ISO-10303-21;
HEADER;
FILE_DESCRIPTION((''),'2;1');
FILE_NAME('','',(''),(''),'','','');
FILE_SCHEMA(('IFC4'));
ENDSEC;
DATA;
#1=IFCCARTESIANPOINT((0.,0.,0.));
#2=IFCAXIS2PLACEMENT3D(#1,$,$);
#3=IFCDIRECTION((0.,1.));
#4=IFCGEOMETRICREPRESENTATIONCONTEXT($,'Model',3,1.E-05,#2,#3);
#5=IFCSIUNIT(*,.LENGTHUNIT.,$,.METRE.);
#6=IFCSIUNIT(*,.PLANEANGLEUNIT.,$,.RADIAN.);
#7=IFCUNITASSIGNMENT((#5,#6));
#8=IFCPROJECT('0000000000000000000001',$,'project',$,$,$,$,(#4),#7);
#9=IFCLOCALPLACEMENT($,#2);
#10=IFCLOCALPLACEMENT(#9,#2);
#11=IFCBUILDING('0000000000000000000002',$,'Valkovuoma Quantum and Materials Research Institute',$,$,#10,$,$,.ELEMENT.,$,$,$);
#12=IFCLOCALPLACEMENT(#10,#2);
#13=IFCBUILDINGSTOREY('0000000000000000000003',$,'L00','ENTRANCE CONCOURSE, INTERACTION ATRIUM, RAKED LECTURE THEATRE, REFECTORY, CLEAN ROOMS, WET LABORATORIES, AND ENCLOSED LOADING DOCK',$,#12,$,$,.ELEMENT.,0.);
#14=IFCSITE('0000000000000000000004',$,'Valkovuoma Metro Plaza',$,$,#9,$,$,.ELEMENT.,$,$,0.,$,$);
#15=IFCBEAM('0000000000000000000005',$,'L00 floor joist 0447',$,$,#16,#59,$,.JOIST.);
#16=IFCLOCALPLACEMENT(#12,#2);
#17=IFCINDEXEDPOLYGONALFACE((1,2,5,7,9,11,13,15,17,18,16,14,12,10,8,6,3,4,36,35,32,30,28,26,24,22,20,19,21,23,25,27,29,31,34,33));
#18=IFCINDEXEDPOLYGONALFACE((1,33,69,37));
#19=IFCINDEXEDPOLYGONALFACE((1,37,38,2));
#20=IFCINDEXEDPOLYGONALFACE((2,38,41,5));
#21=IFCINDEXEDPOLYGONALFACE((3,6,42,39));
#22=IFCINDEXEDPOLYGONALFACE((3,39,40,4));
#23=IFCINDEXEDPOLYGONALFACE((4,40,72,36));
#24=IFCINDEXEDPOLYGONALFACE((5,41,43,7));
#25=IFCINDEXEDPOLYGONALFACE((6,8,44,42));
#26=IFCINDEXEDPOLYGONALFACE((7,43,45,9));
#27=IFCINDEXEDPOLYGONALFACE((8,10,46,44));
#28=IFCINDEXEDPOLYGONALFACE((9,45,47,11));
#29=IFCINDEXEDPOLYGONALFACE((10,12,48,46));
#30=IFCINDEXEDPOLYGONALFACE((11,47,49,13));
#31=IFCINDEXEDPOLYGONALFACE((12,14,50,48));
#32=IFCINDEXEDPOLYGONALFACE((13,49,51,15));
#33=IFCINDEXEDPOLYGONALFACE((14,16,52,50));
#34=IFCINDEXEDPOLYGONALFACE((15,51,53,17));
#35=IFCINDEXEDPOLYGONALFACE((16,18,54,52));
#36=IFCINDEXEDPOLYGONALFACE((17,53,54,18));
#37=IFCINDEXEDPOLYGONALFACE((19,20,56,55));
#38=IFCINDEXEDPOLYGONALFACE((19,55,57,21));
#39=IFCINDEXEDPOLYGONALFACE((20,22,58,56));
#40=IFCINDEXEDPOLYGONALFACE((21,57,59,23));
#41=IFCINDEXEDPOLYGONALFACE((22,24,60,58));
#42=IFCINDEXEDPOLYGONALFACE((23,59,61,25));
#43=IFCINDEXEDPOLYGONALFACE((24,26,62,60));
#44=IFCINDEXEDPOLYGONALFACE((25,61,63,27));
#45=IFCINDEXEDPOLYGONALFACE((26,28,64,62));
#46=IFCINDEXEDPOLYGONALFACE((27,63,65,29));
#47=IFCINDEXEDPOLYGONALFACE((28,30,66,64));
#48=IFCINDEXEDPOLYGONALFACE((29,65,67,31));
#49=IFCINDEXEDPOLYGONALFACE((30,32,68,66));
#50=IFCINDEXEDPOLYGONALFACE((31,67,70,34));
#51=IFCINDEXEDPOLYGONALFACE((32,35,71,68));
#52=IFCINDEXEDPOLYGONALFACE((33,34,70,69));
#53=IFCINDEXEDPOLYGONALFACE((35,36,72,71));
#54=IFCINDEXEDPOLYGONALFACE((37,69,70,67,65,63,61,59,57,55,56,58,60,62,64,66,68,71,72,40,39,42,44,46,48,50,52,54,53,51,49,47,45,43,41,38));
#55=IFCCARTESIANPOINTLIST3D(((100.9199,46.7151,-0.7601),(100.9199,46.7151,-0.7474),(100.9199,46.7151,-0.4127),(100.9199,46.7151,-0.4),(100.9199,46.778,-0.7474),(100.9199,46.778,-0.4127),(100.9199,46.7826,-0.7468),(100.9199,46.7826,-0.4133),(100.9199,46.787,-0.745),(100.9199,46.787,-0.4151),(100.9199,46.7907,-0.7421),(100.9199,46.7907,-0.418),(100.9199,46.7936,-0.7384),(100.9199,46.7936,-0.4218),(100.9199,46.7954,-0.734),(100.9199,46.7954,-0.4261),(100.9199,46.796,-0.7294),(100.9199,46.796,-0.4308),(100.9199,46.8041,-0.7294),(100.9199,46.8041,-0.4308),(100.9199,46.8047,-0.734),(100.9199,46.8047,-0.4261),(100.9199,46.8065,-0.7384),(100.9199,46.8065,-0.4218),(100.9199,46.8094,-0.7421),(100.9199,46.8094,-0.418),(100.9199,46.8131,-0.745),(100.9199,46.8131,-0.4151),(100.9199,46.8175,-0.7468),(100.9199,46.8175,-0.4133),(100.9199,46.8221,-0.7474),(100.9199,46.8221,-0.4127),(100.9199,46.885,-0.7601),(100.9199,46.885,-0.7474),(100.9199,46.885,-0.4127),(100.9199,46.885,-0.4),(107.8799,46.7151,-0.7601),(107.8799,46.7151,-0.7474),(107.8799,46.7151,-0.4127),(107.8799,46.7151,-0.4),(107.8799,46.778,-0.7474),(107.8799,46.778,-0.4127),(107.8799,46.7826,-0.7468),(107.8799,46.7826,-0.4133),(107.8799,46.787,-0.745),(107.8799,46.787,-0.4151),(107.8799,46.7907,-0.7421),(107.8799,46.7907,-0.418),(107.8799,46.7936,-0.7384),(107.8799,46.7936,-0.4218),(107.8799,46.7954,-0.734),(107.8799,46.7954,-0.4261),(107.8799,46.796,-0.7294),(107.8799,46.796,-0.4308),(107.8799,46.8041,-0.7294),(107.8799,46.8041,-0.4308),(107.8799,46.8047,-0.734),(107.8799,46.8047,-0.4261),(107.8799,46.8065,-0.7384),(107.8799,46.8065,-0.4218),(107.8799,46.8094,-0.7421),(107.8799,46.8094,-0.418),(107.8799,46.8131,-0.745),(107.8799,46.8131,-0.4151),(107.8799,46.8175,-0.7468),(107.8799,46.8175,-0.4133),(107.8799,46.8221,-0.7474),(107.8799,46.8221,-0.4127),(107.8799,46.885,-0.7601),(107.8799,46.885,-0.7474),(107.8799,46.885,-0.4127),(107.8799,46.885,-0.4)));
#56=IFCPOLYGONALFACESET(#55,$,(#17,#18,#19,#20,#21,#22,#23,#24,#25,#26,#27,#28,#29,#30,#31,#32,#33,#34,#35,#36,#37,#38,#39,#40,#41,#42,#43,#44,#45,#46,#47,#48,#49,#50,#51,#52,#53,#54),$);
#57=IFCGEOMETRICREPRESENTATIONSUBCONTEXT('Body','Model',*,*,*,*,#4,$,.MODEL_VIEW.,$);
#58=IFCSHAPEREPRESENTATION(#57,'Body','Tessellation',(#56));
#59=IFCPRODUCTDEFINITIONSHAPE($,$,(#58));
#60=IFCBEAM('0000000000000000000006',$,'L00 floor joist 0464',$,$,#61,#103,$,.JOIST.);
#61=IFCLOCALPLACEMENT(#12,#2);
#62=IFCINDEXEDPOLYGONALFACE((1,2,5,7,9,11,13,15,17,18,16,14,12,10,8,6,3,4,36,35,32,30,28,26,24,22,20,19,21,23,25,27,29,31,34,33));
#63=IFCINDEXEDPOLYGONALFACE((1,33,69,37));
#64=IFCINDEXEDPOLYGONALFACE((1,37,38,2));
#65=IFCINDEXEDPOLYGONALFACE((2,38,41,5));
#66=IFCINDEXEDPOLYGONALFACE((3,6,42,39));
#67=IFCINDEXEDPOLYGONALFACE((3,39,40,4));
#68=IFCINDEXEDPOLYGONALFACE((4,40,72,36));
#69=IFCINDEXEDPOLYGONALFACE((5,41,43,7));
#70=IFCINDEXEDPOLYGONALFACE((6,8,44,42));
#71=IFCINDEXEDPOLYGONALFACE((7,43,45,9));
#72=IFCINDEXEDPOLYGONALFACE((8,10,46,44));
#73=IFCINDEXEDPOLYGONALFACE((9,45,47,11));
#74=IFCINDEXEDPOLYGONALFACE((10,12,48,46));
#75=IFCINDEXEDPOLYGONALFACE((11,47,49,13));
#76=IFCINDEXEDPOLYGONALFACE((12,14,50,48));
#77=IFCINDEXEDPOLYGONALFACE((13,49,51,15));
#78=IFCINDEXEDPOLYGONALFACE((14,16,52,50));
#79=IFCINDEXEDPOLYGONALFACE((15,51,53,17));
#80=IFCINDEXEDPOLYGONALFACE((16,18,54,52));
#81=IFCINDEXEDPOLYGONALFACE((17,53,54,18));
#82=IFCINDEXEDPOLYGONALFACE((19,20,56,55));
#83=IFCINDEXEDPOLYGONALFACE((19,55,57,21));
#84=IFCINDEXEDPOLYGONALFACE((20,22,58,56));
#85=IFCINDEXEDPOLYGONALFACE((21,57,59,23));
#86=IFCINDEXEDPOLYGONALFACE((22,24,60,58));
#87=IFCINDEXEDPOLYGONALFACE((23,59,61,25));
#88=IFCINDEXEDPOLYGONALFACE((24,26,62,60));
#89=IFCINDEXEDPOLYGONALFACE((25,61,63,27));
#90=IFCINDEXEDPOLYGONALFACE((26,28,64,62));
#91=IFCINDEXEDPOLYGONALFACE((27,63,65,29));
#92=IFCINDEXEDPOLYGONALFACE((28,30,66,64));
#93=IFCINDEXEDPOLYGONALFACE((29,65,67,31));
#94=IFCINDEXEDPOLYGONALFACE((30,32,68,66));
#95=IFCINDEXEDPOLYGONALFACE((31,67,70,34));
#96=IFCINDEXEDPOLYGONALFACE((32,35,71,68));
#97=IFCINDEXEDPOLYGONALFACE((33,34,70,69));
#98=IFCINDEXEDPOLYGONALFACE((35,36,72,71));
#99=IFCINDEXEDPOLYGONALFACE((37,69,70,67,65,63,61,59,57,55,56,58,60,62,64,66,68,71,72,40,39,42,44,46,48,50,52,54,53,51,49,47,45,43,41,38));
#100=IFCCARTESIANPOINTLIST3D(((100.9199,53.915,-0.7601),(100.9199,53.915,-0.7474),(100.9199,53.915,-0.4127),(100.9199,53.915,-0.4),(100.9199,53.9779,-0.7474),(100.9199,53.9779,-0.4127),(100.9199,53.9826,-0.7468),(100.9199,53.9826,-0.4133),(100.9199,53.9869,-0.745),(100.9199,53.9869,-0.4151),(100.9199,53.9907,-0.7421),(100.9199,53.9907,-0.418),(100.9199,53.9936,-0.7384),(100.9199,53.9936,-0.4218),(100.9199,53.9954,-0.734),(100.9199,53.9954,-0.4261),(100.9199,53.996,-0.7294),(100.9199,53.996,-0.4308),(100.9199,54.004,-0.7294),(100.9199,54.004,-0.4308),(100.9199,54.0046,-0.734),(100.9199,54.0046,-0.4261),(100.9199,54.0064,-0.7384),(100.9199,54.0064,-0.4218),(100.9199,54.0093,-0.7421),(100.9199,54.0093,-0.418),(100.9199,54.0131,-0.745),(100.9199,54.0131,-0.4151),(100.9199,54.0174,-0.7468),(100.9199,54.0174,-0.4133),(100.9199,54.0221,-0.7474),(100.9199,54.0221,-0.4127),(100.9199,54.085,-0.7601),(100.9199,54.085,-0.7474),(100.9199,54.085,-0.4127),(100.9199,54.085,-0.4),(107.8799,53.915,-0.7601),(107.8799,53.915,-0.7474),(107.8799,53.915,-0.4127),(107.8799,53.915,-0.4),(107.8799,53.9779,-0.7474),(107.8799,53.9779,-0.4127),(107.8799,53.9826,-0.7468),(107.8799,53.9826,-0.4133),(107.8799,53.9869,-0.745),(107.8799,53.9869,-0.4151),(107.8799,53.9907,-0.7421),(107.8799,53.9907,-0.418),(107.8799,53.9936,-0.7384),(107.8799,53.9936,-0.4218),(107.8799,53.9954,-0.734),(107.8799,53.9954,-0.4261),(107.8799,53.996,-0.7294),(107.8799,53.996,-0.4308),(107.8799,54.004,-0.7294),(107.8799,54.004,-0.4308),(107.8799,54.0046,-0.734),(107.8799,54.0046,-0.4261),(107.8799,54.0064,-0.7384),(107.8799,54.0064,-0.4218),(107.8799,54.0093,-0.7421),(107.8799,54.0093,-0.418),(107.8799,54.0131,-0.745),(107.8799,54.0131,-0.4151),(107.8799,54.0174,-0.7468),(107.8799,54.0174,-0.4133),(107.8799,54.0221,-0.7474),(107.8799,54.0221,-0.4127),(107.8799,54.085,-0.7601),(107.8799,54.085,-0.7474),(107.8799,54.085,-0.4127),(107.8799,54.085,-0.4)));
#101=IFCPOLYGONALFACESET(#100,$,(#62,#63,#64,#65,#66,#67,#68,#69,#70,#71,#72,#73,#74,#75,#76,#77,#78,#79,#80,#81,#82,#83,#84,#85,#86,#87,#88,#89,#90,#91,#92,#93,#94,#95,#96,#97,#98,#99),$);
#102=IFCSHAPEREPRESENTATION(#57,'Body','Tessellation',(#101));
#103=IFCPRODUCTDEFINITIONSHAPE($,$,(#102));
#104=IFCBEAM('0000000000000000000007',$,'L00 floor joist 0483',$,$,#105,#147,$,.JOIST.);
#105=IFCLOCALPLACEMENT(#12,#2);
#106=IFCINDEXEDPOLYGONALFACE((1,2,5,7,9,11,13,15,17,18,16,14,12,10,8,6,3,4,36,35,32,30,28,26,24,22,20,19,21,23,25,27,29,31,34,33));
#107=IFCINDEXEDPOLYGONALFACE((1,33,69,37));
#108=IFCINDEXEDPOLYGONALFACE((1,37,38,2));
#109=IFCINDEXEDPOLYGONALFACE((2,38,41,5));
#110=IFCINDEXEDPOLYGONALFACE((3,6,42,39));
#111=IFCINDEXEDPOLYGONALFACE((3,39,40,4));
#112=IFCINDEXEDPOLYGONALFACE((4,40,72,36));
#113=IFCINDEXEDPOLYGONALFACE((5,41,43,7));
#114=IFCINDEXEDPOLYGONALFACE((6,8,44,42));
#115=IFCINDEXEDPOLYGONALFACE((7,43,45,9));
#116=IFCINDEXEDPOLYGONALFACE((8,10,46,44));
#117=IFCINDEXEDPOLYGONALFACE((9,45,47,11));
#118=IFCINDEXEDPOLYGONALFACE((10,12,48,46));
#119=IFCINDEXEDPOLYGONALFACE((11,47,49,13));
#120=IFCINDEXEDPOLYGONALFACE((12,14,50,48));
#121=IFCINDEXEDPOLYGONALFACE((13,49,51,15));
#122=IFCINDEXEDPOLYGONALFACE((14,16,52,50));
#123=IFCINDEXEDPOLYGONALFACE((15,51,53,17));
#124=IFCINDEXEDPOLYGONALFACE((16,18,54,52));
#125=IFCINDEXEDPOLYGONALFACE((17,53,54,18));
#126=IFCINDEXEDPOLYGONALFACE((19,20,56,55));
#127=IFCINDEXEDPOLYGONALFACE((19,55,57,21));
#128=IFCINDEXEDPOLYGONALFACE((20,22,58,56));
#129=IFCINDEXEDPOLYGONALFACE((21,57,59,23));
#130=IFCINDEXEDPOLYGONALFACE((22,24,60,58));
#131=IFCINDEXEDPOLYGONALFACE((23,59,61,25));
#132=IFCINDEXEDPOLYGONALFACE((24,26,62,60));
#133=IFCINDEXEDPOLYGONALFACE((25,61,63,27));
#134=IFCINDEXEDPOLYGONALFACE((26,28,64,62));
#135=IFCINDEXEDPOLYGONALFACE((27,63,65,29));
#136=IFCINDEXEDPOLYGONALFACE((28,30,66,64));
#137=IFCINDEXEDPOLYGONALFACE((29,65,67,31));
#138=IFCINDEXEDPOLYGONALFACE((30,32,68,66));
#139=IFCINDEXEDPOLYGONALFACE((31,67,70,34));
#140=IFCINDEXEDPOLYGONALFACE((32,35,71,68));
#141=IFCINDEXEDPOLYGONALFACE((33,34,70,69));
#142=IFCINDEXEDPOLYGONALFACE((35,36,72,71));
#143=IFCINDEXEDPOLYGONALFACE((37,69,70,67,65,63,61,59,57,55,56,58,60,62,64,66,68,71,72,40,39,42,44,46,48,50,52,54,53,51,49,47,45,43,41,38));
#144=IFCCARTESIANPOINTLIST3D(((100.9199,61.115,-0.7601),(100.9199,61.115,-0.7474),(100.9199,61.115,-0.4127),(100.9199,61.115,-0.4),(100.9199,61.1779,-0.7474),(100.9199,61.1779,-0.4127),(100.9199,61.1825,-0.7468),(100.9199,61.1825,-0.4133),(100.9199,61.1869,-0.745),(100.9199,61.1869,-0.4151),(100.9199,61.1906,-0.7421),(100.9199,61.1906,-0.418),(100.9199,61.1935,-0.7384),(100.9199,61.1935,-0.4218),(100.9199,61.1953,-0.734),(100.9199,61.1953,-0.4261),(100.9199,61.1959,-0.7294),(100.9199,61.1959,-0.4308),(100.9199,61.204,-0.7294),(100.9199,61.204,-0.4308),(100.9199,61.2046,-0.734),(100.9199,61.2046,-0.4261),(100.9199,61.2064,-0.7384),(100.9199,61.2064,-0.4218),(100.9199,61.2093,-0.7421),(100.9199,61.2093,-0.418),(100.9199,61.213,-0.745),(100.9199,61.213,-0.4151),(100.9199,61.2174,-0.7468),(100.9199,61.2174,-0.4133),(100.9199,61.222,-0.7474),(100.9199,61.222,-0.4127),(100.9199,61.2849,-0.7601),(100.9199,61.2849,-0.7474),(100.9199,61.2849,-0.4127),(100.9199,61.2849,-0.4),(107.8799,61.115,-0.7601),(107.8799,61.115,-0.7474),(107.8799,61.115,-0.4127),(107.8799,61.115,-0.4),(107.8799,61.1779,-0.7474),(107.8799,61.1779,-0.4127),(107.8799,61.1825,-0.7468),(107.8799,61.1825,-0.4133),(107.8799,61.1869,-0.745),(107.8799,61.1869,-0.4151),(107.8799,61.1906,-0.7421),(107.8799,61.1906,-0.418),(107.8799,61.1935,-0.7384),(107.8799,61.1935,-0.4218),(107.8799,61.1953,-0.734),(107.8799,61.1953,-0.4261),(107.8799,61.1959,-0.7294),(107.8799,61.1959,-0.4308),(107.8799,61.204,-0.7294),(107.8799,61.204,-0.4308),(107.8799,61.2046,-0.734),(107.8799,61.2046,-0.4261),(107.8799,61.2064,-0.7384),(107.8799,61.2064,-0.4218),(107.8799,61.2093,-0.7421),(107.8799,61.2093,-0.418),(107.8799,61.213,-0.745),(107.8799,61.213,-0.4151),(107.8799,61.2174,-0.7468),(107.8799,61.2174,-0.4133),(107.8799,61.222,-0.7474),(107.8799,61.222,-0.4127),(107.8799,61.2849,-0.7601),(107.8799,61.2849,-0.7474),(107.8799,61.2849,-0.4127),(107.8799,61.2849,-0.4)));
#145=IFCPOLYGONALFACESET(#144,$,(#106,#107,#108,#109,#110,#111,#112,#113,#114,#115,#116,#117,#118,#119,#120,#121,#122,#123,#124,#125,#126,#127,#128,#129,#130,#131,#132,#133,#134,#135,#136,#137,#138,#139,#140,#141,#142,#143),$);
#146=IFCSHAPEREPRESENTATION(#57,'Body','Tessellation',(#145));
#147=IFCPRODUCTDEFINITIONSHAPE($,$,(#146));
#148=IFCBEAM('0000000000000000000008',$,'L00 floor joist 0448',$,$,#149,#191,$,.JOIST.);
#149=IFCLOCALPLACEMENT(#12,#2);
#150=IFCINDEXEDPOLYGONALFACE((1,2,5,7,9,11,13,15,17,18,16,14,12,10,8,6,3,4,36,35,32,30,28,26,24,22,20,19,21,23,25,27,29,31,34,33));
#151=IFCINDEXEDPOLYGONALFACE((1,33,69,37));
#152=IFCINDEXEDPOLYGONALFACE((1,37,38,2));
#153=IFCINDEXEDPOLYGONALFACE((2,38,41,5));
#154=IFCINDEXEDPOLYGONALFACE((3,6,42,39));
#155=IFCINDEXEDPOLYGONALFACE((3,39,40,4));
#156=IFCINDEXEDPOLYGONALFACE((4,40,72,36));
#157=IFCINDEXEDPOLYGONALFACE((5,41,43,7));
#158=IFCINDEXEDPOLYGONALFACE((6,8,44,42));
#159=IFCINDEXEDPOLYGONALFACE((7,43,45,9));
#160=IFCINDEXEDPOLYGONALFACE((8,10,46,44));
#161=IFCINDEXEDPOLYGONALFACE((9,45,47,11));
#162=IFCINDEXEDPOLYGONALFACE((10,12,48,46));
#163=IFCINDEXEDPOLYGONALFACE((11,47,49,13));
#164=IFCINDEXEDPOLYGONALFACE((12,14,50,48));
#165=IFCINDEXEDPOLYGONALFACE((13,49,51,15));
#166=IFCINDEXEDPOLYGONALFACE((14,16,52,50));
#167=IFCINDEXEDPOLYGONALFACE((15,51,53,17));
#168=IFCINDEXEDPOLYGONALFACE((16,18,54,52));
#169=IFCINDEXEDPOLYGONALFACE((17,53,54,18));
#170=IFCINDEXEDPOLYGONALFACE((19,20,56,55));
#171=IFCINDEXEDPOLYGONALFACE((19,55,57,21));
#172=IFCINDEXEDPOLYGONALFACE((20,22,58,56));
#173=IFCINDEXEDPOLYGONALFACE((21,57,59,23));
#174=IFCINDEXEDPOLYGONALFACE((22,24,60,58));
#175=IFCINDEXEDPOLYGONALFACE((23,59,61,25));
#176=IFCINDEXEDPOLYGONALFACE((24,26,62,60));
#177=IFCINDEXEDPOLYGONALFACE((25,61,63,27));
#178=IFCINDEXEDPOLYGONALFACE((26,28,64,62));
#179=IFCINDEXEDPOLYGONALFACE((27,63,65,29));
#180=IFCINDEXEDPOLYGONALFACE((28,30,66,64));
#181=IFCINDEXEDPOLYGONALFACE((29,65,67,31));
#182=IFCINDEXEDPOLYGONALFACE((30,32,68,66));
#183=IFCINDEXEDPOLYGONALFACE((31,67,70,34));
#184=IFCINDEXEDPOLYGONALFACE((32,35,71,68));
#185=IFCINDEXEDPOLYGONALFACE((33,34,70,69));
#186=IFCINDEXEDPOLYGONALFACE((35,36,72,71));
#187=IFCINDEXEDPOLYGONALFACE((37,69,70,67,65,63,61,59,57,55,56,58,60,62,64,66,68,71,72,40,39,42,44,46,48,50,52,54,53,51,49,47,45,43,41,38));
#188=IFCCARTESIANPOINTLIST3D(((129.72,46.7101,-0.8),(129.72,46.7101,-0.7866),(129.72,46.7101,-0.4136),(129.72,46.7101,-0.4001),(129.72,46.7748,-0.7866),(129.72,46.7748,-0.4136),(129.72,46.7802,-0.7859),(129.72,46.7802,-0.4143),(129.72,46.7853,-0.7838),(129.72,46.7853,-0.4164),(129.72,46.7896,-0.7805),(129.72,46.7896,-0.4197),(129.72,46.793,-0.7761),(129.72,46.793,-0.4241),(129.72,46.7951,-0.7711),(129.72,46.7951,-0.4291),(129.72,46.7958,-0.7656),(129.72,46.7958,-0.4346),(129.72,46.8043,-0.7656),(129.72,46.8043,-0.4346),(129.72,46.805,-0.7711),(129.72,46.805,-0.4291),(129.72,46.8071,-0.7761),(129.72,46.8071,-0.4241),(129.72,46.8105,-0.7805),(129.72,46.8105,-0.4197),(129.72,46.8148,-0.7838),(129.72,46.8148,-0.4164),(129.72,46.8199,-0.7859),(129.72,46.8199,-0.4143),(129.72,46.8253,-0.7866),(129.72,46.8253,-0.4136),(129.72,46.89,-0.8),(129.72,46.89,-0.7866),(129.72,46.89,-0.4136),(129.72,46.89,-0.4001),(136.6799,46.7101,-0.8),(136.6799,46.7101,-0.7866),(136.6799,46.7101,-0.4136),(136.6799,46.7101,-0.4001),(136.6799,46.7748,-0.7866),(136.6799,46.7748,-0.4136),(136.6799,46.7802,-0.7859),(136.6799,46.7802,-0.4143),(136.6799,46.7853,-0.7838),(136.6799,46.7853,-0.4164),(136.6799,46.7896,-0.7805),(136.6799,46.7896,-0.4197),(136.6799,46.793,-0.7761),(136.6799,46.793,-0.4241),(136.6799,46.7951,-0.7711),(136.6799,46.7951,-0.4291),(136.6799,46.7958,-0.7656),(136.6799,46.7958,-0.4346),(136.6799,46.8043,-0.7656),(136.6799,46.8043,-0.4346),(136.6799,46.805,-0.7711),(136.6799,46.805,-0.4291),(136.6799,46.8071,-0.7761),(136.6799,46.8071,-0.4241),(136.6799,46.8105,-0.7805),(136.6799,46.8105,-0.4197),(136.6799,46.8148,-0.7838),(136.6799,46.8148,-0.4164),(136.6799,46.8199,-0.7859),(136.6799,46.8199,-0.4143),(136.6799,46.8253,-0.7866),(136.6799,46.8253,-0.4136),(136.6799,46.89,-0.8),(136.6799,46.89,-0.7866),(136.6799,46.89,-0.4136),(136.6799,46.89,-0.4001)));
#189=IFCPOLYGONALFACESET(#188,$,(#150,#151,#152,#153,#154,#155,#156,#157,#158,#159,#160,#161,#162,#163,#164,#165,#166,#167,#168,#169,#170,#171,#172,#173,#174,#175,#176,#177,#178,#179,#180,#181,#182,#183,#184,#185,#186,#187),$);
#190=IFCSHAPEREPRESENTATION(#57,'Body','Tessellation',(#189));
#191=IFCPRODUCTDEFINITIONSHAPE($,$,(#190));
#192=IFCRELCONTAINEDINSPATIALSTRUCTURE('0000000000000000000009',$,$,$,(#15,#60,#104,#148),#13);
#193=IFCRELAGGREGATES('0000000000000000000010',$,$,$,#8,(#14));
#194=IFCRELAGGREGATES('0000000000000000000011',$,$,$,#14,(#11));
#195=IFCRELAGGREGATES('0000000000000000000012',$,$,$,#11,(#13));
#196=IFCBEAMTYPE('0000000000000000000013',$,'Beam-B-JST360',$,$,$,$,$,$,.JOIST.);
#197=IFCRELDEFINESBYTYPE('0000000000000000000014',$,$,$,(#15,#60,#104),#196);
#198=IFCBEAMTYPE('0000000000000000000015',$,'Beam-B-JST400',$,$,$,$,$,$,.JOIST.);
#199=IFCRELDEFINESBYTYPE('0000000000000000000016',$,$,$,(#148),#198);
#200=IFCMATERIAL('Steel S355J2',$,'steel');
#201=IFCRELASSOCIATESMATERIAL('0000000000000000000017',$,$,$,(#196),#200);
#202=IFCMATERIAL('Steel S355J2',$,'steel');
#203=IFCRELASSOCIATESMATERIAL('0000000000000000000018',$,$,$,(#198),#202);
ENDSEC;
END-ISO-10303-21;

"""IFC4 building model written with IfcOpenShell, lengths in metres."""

from ifc_helpers import new_model, si_unit, direction, frame, origin, origin_2d, place, context, subcontext, project, spatial, i_section, extrude, material, material_profile, profile_set, type_object, element, save


model = new_model("IFC4")

# Units and contexts
model_context = context("Model", 3, precision=1e-05, world=origin(), true_north=direction((0.0, 1.0)))
body_context = subcontext(model_context, "Body", "Model", "MODEL_VIEW")
ifc_project = project(units=[si_unit("LENGTHUNIT", "METRE"), si_unit("PLANEANGLEUNIT", "RADIAN")], contexts=[model_context])

# Site, building, storey
site_placement = place(None, origin())
site = spatial("IfcSite", under=ifc_project, at=site_placement, Name="Valkovuoma Metro Plaza", CompositionType="ELEMENT", RefElevation=0.0)
building_placement = place(site_placement, origin())
building = spatial("IfcBuilding", under=site, at=building_placement, Name="Valkovuoma Quantum and Materials Research Institute", CompositionType="ELEMENT")
storey_placement = place(building_placement, origin())
storey = spatial("IfcBuildingStorey", under=building, at=storey_placement, Name="L00", Description="ENTRANCE CONCOURSE, INTERACTION ATRIUM, RAKED LECTURE THEATRE, REFECTORY, CLEAN ROOMS, WET LABORATORIES, AND ENCLOSED LOADING DOCK", CompositionType="ELEMENT", Elevation=0.0)

# Beams
ifc_material_1 = material(Name="Steel S355J2", Category="steel")
ifc_material_profile_1 = material_profile(ifc_material_1, i_section(OverallWidth=0.1699, OverallDepth=0.3601, WebThickness=0.0081, FlangeThickness=0.0127, FilletRadius=0.0181, at=origin_2d()), Name="Steel S355J2")
ifc_profile_set_1 = profile_set([ifc_material_profile_1], Name="Steel S355J2")
beam_type_1 = type_object("IfcBeamType", Name="Beam-B-JST360", PredefinedType="JOIST", material=ifc_profile_set_1)
for number, where, z_axis, x_axis, name in (
    (1, (100.9199, 46.8, -0.5801), (1.0, 0.0, 0.0), (0.0, 1.0, 0.0), "L00 floor joist 0447"),
    (2, (100.9199, 54.0, -0.5801), (1.0, 0.0, 0.0), (0.0, 1.0, 0.0), "L00 floor joist 0464"),
    (3, (100.9199, 61.2, -0.5801), (1.0, 0.0, 0.0), (0.0, 1.0, 0.0), "L00 floor joist 0483"),
):
    element("IfcBeam", number, at=place(storey_placement, frame(where, z_axis=z_axis, x_axis=x_axis)), inside=storey, type_object=beam_type_1, Name=name, PredefinedType="JOIST", context=body_context, shape_type="SweptSolid", body=[
        extrude(i_section(OverallWidth=0.1699, OverallDepth=0.3601, WebThickness=0.0081, FlangeThickness=0.0127, FilletRadius=0.0181, at=origin_2d()), origin(), (0.0, 0.0, 1.0), 6.96),
    ])
ifc_material_2 = material(Name="Steel S355J2", Category="steel")
ifc_material_profile_2 = material_profile(ifc_material_2, i_section(OverallWidth=0.1799, OverallDepth=0.3999, WebThickness=0.0085, FlangeThickness=0.0134, FilletRadius=0.021, at=origin_2d()), Name="Steel S355J2")
ifc_profile_set_2 = profile_set([ifc_material_profile_2], Name="Steel S355J2")
beam_type_2 = type_object("IfcBeamType", Name="Beam-B-JST400", PredefinedType="JOIST", material=ifc_profile_set_2)
for number, where, z_axis, x_axis, name in (
    (4, (129.72, 46.8, -0.6001), (1.0, 0.0, 0.0), (0.0, 1.0, 0.0), "L00 floor joist 0448"),
):
    element("IfcBeam", number, at=place(storey_placement, frame(where, z_axis=z_axis, x_axis=x_axis)), inside=storey, type_object=beam_type_2, Name=name, PredefinedType="JOIST", context=body_context, shape_type="SweptSolid", body=[
        extrude(i_section(OverallWidth=0.1799, OverallDepth=0.3999, WebThickness=0.0085, FlangeThickness=0.0134, FilletRadius=0.021, at=origin_2d()), origin(), (0.0, 0.0, 1.0), 6.96),
    ])

save(model, "model.ifc")
